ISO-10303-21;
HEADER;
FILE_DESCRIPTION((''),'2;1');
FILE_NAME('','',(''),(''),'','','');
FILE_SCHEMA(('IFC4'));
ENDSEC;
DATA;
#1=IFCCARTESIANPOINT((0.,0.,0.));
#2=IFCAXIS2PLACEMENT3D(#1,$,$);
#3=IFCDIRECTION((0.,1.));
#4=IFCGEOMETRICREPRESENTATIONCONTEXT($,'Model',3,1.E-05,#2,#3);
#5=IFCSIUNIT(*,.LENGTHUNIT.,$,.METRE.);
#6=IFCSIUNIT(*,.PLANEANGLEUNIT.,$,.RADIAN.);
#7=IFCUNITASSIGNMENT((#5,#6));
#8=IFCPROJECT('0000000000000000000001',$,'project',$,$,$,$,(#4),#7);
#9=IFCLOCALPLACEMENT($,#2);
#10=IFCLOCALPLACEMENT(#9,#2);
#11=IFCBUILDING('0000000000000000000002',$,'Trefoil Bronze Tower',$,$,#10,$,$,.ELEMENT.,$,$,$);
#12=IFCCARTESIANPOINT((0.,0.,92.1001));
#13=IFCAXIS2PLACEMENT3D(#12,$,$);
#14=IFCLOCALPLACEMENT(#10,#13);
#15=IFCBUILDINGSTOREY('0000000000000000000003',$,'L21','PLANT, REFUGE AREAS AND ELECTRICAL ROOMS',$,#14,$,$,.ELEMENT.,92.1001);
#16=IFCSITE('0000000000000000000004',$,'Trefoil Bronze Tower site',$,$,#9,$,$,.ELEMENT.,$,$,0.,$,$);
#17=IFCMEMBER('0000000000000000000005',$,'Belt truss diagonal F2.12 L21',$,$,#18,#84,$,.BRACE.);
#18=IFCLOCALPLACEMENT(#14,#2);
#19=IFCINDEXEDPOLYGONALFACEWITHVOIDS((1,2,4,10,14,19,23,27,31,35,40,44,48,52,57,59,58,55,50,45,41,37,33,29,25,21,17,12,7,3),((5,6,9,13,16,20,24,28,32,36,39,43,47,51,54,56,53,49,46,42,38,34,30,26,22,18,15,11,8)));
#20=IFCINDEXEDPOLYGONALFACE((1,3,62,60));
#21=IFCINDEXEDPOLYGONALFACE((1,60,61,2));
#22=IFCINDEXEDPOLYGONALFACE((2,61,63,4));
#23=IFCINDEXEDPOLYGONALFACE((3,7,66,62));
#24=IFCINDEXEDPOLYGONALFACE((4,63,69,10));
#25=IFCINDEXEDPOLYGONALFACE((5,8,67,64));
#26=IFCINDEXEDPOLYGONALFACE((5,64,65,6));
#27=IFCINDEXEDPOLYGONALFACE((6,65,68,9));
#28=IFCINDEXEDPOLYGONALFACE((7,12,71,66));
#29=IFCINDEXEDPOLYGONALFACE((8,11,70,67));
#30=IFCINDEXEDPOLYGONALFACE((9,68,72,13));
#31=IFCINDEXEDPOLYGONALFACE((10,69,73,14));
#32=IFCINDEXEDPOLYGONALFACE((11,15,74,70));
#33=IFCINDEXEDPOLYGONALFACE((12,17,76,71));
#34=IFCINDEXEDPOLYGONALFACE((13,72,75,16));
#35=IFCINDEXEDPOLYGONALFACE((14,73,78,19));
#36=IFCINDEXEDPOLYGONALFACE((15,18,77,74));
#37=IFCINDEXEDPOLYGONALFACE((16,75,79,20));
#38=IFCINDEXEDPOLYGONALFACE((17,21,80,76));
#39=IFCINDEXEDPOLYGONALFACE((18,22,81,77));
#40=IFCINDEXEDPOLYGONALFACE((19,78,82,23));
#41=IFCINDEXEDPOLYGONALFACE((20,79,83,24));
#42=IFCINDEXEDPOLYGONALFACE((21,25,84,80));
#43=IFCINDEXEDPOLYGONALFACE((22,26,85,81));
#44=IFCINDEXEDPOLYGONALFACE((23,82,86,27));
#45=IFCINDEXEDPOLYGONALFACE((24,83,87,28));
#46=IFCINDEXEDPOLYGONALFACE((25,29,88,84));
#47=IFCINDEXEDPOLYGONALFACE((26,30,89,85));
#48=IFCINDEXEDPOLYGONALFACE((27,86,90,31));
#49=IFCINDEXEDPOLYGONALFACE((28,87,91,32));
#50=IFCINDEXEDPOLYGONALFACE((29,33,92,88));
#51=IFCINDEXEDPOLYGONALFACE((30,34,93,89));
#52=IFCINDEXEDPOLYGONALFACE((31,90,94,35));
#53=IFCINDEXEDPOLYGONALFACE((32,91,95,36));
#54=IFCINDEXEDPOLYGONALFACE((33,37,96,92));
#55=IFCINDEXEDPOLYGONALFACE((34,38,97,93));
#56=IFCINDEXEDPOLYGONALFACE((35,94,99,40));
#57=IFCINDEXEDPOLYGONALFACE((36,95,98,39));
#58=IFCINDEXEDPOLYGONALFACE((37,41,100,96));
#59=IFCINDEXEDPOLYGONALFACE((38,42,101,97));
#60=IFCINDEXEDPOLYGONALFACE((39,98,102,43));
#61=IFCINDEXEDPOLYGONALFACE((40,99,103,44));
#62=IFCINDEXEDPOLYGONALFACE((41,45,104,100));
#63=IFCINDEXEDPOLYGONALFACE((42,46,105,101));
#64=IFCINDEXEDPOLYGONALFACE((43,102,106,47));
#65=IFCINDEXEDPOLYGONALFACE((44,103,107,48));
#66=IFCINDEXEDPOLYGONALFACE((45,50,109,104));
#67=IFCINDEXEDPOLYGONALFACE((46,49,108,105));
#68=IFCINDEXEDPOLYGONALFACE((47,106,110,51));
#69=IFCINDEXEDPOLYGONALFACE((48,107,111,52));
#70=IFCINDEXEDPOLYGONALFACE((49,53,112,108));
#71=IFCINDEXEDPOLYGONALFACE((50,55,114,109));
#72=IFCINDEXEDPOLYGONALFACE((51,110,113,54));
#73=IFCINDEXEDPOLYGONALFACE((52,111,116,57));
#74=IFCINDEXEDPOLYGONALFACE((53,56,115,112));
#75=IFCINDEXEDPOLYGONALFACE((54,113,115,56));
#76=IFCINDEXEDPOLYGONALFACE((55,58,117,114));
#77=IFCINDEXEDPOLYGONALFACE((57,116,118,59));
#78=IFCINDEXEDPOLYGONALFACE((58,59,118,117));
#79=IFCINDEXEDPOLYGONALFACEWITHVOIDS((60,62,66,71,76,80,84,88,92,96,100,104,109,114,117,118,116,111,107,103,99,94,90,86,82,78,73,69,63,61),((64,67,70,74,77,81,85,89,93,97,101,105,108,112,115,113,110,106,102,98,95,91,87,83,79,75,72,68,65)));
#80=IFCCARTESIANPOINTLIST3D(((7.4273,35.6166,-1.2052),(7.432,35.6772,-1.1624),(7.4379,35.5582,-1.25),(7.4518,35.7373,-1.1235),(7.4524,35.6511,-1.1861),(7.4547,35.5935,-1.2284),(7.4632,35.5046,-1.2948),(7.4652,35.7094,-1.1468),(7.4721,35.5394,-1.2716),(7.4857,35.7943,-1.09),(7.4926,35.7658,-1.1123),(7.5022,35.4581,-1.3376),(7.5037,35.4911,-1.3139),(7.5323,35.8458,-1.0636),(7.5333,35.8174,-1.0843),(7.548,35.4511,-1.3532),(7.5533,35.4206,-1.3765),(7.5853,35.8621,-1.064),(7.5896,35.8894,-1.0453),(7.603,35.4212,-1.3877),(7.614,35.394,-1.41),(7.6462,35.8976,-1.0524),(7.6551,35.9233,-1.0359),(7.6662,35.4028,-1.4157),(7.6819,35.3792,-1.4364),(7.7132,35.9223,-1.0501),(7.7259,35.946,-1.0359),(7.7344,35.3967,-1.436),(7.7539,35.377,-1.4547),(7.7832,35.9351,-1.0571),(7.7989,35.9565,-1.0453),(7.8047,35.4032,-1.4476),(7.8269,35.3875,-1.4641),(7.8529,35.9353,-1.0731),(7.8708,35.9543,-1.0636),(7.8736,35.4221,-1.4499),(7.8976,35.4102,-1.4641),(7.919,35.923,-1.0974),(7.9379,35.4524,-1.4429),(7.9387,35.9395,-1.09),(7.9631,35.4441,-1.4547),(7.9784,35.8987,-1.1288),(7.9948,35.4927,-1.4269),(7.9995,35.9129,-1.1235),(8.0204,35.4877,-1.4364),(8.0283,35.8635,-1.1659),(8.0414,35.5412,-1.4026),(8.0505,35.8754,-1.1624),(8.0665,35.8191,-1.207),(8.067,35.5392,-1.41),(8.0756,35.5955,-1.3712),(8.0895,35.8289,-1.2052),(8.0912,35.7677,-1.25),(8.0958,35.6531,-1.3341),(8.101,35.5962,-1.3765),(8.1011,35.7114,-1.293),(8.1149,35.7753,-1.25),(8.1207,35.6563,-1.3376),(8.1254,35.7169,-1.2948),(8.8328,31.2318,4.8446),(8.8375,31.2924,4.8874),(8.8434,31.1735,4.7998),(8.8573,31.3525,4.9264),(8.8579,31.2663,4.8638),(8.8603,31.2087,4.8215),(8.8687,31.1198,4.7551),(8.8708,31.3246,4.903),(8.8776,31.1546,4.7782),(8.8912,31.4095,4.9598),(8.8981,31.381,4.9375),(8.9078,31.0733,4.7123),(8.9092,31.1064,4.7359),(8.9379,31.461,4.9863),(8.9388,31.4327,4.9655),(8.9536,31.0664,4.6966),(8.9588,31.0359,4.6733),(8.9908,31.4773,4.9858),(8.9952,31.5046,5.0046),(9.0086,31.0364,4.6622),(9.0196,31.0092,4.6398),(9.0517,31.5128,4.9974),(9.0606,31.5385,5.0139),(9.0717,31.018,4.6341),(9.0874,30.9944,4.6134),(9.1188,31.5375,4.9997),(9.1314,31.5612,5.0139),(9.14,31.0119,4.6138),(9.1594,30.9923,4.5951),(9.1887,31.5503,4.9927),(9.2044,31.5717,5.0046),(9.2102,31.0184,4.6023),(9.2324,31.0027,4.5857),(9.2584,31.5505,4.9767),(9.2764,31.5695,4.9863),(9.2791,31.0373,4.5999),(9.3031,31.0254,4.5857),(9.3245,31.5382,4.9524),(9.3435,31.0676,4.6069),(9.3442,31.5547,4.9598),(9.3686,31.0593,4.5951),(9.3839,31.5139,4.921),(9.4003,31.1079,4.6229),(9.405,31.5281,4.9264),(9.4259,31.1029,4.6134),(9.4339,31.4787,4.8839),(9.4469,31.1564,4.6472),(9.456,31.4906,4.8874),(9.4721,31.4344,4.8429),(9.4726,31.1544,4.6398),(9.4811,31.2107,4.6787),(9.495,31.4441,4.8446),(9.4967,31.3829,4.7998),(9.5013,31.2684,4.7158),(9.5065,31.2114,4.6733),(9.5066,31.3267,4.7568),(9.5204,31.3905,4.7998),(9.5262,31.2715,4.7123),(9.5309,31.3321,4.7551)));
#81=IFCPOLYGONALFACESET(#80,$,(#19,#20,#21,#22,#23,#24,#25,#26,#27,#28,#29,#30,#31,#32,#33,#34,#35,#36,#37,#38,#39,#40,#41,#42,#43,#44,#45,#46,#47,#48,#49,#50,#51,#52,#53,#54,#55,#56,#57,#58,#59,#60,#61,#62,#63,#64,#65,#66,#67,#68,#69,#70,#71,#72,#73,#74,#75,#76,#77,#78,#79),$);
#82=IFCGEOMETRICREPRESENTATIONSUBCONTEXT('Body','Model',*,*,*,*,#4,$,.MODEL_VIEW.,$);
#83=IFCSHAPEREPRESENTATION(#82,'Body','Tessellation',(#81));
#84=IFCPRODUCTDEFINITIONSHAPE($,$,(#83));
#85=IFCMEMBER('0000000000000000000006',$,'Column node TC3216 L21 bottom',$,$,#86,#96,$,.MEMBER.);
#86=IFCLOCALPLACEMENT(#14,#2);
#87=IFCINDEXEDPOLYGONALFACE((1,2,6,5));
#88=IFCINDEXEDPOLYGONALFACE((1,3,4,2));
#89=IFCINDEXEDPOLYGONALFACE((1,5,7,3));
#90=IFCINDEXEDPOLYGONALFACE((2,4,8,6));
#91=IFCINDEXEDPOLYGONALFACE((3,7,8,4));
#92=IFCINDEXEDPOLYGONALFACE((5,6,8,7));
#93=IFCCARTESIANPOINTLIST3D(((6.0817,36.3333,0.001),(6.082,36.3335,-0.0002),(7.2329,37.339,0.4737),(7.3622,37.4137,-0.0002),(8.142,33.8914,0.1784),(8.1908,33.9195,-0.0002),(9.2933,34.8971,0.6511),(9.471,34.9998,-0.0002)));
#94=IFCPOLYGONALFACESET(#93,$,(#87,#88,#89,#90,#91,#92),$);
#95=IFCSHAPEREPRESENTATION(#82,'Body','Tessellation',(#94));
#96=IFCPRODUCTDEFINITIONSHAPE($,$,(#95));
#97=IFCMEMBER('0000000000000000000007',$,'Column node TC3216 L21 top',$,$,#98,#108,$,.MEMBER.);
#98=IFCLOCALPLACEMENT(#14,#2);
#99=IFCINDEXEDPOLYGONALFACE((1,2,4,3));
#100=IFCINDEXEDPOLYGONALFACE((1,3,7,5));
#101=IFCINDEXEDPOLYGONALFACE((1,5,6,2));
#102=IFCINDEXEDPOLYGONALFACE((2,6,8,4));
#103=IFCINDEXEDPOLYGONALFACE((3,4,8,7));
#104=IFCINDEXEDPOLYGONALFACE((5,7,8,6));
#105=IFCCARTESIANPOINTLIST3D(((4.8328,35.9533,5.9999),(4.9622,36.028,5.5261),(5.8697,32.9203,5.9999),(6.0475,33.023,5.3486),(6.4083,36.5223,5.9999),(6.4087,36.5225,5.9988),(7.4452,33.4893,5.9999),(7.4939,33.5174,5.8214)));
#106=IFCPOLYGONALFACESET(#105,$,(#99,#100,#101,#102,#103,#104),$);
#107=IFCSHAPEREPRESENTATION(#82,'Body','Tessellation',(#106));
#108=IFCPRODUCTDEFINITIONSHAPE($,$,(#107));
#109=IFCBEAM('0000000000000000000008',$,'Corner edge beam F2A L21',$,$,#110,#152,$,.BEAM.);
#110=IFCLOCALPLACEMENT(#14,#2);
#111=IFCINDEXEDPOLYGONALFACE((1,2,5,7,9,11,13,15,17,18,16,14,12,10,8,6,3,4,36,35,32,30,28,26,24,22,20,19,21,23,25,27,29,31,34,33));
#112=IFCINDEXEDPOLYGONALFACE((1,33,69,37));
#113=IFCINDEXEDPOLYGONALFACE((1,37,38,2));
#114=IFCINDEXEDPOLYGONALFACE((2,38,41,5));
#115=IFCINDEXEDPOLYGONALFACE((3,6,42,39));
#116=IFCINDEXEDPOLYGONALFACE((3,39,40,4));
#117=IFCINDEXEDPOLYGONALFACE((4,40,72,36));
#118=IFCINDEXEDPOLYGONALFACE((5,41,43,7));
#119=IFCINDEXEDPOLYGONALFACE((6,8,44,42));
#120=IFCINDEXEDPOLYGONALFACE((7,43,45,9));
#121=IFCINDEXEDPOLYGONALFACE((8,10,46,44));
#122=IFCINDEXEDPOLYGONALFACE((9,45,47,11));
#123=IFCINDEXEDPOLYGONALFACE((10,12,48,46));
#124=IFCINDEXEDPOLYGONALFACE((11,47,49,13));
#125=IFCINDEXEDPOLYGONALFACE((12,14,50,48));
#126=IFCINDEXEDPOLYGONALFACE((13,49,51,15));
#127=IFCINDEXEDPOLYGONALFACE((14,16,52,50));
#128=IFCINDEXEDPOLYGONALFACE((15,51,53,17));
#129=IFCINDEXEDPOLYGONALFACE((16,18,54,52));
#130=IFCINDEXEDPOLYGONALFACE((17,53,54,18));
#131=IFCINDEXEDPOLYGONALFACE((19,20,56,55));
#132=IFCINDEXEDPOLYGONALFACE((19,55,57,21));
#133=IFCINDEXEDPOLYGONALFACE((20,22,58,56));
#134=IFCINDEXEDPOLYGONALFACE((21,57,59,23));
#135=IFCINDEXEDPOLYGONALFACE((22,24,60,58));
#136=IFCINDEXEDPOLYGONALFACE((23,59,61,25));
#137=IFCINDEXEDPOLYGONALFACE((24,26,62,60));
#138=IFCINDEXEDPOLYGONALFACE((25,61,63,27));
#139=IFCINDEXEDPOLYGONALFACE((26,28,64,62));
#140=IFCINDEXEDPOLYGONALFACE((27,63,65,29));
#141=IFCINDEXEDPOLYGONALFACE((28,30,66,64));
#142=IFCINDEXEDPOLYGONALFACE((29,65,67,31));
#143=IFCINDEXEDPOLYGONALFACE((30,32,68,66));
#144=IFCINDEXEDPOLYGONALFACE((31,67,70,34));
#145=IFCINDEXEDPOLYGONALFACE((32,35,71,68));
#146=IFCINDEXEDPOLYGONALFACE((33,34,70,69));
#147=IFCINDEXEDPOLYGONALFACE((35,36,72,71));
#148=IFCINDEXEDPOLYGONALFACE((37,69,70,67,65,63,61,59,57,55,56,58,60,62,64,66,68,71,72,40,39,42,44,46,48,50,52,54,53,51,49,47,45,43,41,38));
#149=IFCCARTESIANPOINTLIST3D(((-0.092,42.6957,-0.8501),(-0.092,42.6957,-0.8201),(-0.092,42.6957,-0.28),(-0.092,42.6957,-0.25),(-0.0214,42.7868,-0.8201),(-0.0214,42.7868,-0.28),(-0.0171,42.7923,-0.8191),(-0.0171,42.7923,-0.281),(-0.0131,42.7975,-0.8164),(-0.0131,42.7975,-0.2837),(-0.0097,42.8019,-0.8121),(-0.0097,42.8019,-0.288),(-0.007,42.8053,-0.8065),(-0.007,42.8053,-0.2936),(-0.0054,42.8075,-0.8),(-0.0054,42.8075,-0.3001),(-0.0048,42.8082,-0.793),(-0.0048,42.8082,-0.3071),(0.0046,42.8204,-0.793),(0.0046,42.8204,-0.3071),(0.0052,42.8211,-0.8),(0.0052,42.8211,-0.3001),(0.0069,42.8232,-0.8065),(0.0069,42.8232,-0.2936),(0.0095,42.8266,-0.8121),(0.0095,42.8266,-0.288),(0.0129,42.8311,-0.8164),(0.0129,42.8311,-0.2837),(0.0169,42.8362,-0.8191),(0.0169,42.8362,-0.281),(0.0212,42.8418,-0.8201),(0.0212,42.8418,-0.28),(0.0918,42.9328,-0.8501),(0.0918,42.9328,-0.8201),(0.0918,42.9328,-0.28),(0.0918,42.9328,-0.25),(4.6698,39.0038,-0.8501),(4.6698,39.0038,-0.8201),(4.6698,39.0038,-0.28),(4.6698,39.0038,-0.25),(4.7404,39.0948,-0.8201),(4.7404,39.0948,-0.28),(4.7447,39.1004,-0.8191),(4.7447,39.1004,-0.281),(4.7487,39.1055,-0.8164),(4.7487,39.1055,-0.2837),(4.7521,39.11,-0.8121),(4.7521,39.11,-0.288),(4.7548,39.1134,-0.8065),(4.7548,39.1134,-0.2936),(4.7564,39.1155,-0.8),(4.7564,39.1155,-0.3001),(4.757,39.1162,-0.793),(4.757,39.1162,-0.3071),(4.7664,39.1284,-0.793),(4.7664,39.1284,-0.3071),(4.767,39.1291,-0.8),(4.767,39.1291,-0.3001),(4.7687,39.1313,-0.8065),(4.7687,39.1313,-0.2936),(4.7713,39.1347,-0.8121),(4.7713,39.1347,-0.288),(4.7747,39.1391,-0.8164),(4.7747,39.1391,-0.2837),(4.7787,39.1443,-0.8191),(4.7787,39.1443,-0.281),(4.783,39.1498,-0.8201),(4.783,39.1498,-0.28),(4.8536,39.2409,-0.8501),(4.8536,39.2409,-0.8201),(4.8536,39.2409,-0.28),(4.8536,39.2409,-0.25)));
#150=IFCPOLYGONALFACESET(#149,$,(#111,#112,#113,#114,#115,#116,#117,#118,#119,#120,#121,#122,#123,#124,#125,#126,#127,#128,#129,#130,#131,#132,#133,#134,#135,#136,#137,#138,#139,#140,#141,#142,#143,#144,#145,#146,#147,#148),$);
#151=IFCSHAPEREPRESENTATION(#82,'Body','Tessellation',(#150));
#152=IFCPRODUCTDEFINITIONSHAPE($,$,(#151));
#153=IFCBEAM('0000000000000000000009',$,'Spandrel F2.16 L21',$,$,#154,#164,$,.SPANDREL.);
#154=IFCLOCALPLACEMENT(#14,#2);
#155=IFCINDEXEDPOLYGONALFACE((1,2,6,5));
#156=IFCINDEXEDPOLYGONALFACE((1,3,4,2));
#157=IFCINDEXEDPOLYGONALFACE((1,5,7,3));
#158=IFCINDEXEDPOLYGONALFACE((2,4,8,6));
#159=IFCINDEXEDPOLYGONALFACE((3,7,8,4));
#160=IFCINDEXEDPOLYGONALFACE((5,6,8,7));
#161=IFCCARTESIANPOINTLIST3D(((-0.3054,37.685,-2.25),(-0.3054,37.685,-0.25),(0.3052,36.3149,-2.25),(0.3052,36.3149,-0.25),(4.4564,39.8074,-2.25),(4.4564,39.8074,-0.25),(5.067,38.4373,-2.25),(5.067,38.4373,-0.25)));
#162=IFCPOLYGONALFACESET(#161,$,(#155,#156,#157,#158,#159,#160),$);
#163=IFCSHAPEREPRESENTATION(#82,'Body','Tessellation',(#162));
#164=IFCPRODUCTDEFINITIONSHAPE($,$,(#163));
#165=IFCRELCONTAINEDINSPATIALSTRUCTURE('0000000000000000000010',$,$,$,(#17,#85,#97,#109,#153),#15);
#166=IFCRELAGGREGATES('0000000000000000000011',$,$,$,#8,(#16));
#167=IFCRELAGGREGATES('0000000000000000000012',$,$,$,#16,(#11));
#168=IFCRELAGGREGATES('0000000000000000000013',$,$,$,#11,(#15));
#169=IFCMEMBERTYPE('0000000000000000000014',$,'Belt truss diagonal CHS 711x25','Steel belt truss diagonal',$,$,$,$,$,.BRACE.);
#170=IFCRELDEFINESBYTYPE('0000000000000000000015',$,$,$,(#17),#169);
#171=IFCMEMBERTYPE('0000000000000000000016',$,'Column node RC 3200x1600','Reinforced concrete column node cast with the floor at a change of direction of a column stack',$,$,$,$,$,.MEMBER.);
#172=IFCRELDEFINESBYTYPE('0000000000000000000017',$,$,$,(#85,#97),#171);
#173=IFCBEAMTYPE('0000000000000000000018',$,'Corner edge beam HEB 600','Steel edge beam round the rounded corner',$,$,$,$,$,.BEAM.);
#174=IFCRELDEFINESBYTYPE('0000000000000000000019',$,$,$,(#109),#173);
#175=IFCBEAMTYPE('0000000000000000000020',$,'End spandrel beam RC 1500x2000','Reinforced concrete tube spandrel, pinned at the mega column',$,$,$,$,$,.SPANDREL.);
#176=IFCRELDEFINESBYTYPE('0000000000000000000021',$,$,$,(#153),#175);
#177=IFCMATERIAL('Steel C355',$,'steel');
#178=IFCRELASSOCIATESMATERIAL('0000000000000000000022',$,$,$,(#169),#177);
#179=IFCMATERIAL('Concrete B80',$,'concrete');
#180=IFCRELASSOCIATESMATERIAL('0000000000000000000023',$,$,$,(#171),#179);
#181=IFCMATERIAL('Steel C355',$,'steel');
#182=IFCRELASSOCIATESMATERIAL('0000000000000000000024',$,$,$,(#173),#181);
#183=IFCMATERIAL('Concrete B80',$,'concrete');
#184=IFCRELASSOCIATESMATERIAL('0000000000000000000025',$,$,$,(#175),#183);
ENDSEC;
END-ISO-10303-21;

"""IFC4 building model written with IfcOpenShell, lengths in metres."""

from ifc_helpers import new_model, si_unit, direction, frame, origin, origin_2d, place, context, subcontext, project, spatial, rectangle, hollow_circle, i_section, extrude, clip, halfspace, material, material_profile, profile_set, type_object, element, save


model = new_model("IFC4")

# Units and contexts
model_context = context("Model", 3, precision=1e-05, world=origin(), true_north=direction((0.0, 1.0)))
body_context = subcontext(model_context, "Body", "Model", "MODEL_VIEW")
ifc_project = project(units=[si_unit("LENGTHUNIT", "METRE"), si_unit("PLANEANGLEUNIT", "RADIAN")], contexts=[model_context])

# Site, building, storey
site_placement = place(None, origin())
site = spatial("IfcSite", under=ifc_project, at=site_placement, Name="Trefoil Bronze Tower site", CompositionType="ELEMENT", RefElevation=0.0)
building_placement = place(site_placement, origin())
building = spatial("IfcBuilding", under=site, at=building_placement, Name="Trefoil Bronze Tower", CompositionType="ELEMENT")
storey_placement = place(building_placement, frame((0.0, 0.0, 92.1001)))
storey = spatial("IfcBuildingStorey", under=building, at=storey_placement, Name="L21", Description="PLANT, REFUGE AREAS AND ELECTRICAL ROOMS", CompositionType="ELEMENT", Elevation=92.1001)

# Members
ifc_material_1 = material(Name="Steel C355", Category="steel")
ifc_material_profile_1 = material_profile(ifc_material_1, hollow_circle(Radius=0.3555, WallThickness=0.0249, at=origin_2d()), Name="CHS 711x25")
ifc_profile_set_1 = profile_set([ifc_material_profile_1], Name="Steel C355")
member_type_1 = type_object("IfcMemberType", Name="Belt truss diagonal CHS 711x25", Description="Steel belt truss diagonal", PredefinedType="BRACE", material=ifc_profile_set_1)
member_1_placement = place(storey_placement, frame((7.7764, 35.6667, -1.25), z_axis=(0.18487, -0.576734, 0.795739), x_axis=(0.952273, 0.305247, 0.0)))
element("IfcMember", 1, at=member_1_placement, inside=storey, type_object=member_type_1, Name="Belt truss diagonal F2.12 L21", PredefinedType="BRACE", context=body_context, shape_type="SweptSolid", body=[
    extrude(hollow_circle(Radius=0.3555, WallThickness=0.0249, at=origin_2d()), origin(), (0.0, 0.0, 1.0), 7.6028),
])
ifc_material_2 = material(Name="Concrete B80", Category="concrete")
ifc_material_profile_2 = material_profile(ifc_material_2, rectangle(XDim=3.2, YDim=1.6001, at=origin_2d()), Name="RC 3200x1600")
ifc_profile_set_2 = profile_set([ifc_material_profile_2], Name="Concrete B80")
member_type_2 = type_object("IfcMemberType", Name="Column node RC 3200x1600", Description="Reinforced concrete column node cast with the floor at a change of direction of a column stack", PredefinedType="MEMBER", material=ifc_profile_set_2)
member_2_placement = place(storey_placement, frame((7.8655, 35.718, -0.3262), z_axis=(-0.260309, -0.150329, 0.953751), x_axis=(-0.643874, 0.76312, -0.055451)))
element("IfcMember", 2, at=member_2_placement, inside=storey, type_object=member_type_2, Name="Column node TC3216 L21 bottom", PredefinedType="MEMBER", context=body_context, shape_type="Clipping", body=[
    clip(extrude(rectangle(XDim=3.2, YDim=1.6001, at=origin_2d()), origin(), (0.0, 0.0, 1.0), 0.6838), halfspace(frame((0.0, 0.0, 0.3418), z_axis=(-0.055451, -0.29544, 0.953751), x_axis=(0.0, 0.955221, 0.295895)), True)),
])
member_3_placement = place(storey_placement, frame((6.05, 34.6699, 6.3259), z_axis=(0.260309, 0.150329, -0.953751), x_axis=(0.33916, -0.939093, -0.055451)))
element("IfcMember", 3, at=member_3_placement, inside=storey, type_object=member_type_2, Name="Column node TC3216 L21 top", PredefinedType="MEMBER", context=body_context, shape_type="Clipping", body=[
    clip(extrude(rectangle(XDim=3.2, YDim=1.6001, at=origin_2d()), origin(), (0.0, 0.0, 1.0), 0.6838), halfspace(frame((0.0, 0.0, 0.3418), z_axis=(0.055451, 0.29544, 0.953751), x_axis=(0.0, 0.955221, -0.295895)), True)),
])

# Beams
ifc_material_3 = material(Name="Steel C355", Category="steel")
ifc_material_profile_3 = material_profile(ifc_material_3, i_section(OverallWidth=0.3, OverallDepth=0.6001, WebThickness=0.0154, FlangeThickness=0.03, FilletRadius=0.0271, at=origin_2d()), Name="HEB 600")
ifc_profile_set_3 = profile_set([ifc_material_profile_3], Name="Steel C355")
beam_type_1 = type_object("IfcBeamType", Name="Corner edge beam HEB 600", Description="Steel edge beam round the rounded corner", PredefinedType="BEAM", material=ifc_profile_set_3)
beam_1_placement = place(storey_placement, frame((4.7617, 39.1223, -0.55), z_axis=(-0.790289, 0.612734, 0.0), x_axis=(-0.612734, -0.790289, 0.0)))
element("IfcBeam", 4, at=beam_1_placement, inside=storey, type_object=beam_type_1, Name="Corner edge beam F2A L21", PredefinedType="BEAM", context=body_context, shape_type="SweptSolid", body=[
    extrude(i_section(OverallWidth=0.3, OverallDepth=0.6001, WebThickness=0.0154, FlangeThickness=0.03, FilletRadius=0.0271, at=origin_2d()), origin(), (0.0, 0.0, 1.0), 6.0254),
])
ifc_material_4 = material(Name="Concrete B80", Category="concrete")
ifc_material_profile_4 = material_profile(ifc_material_4, rectangle(XDim=1.5, YDim=2.0, at=origin_2d()), Name="RC 1500x2000")
ifc_profile_set_4 = profile_set([ifc_material_profile_4], Name="Concrete B80")
beam_type_2 = type_object("IfcBeamType", Name="End spandrel beam RC 1500x2000", Description="Reinforced concrete tube spandrel, pinned at the mega column", PredefinedType="SPANDREL", material=ifc_profile_set_4)
beam_2_placement = place(storey_placement, frame((4.7617, 39.1223, -1.25), z_axis=(-0.913384, -0.407099, 0.0), x_axis=(0.407099, -0.913384, 0.0)))
element("IfcBeam", 5, at=beam_2_placement, inside=storey, type_object=beam_type_2, Name="Spandrel F2.16 L21", PredefinedType="SPANDREL", context=body_context, shape_type="SweptSolid", body=[
    extrude(rectangle(XDim=1.5, YDim=2.0, at=origin_2d()), origin(), (0.0, 0.0, 1.0), 5.2134),
])

save(model, "model.ifc")
